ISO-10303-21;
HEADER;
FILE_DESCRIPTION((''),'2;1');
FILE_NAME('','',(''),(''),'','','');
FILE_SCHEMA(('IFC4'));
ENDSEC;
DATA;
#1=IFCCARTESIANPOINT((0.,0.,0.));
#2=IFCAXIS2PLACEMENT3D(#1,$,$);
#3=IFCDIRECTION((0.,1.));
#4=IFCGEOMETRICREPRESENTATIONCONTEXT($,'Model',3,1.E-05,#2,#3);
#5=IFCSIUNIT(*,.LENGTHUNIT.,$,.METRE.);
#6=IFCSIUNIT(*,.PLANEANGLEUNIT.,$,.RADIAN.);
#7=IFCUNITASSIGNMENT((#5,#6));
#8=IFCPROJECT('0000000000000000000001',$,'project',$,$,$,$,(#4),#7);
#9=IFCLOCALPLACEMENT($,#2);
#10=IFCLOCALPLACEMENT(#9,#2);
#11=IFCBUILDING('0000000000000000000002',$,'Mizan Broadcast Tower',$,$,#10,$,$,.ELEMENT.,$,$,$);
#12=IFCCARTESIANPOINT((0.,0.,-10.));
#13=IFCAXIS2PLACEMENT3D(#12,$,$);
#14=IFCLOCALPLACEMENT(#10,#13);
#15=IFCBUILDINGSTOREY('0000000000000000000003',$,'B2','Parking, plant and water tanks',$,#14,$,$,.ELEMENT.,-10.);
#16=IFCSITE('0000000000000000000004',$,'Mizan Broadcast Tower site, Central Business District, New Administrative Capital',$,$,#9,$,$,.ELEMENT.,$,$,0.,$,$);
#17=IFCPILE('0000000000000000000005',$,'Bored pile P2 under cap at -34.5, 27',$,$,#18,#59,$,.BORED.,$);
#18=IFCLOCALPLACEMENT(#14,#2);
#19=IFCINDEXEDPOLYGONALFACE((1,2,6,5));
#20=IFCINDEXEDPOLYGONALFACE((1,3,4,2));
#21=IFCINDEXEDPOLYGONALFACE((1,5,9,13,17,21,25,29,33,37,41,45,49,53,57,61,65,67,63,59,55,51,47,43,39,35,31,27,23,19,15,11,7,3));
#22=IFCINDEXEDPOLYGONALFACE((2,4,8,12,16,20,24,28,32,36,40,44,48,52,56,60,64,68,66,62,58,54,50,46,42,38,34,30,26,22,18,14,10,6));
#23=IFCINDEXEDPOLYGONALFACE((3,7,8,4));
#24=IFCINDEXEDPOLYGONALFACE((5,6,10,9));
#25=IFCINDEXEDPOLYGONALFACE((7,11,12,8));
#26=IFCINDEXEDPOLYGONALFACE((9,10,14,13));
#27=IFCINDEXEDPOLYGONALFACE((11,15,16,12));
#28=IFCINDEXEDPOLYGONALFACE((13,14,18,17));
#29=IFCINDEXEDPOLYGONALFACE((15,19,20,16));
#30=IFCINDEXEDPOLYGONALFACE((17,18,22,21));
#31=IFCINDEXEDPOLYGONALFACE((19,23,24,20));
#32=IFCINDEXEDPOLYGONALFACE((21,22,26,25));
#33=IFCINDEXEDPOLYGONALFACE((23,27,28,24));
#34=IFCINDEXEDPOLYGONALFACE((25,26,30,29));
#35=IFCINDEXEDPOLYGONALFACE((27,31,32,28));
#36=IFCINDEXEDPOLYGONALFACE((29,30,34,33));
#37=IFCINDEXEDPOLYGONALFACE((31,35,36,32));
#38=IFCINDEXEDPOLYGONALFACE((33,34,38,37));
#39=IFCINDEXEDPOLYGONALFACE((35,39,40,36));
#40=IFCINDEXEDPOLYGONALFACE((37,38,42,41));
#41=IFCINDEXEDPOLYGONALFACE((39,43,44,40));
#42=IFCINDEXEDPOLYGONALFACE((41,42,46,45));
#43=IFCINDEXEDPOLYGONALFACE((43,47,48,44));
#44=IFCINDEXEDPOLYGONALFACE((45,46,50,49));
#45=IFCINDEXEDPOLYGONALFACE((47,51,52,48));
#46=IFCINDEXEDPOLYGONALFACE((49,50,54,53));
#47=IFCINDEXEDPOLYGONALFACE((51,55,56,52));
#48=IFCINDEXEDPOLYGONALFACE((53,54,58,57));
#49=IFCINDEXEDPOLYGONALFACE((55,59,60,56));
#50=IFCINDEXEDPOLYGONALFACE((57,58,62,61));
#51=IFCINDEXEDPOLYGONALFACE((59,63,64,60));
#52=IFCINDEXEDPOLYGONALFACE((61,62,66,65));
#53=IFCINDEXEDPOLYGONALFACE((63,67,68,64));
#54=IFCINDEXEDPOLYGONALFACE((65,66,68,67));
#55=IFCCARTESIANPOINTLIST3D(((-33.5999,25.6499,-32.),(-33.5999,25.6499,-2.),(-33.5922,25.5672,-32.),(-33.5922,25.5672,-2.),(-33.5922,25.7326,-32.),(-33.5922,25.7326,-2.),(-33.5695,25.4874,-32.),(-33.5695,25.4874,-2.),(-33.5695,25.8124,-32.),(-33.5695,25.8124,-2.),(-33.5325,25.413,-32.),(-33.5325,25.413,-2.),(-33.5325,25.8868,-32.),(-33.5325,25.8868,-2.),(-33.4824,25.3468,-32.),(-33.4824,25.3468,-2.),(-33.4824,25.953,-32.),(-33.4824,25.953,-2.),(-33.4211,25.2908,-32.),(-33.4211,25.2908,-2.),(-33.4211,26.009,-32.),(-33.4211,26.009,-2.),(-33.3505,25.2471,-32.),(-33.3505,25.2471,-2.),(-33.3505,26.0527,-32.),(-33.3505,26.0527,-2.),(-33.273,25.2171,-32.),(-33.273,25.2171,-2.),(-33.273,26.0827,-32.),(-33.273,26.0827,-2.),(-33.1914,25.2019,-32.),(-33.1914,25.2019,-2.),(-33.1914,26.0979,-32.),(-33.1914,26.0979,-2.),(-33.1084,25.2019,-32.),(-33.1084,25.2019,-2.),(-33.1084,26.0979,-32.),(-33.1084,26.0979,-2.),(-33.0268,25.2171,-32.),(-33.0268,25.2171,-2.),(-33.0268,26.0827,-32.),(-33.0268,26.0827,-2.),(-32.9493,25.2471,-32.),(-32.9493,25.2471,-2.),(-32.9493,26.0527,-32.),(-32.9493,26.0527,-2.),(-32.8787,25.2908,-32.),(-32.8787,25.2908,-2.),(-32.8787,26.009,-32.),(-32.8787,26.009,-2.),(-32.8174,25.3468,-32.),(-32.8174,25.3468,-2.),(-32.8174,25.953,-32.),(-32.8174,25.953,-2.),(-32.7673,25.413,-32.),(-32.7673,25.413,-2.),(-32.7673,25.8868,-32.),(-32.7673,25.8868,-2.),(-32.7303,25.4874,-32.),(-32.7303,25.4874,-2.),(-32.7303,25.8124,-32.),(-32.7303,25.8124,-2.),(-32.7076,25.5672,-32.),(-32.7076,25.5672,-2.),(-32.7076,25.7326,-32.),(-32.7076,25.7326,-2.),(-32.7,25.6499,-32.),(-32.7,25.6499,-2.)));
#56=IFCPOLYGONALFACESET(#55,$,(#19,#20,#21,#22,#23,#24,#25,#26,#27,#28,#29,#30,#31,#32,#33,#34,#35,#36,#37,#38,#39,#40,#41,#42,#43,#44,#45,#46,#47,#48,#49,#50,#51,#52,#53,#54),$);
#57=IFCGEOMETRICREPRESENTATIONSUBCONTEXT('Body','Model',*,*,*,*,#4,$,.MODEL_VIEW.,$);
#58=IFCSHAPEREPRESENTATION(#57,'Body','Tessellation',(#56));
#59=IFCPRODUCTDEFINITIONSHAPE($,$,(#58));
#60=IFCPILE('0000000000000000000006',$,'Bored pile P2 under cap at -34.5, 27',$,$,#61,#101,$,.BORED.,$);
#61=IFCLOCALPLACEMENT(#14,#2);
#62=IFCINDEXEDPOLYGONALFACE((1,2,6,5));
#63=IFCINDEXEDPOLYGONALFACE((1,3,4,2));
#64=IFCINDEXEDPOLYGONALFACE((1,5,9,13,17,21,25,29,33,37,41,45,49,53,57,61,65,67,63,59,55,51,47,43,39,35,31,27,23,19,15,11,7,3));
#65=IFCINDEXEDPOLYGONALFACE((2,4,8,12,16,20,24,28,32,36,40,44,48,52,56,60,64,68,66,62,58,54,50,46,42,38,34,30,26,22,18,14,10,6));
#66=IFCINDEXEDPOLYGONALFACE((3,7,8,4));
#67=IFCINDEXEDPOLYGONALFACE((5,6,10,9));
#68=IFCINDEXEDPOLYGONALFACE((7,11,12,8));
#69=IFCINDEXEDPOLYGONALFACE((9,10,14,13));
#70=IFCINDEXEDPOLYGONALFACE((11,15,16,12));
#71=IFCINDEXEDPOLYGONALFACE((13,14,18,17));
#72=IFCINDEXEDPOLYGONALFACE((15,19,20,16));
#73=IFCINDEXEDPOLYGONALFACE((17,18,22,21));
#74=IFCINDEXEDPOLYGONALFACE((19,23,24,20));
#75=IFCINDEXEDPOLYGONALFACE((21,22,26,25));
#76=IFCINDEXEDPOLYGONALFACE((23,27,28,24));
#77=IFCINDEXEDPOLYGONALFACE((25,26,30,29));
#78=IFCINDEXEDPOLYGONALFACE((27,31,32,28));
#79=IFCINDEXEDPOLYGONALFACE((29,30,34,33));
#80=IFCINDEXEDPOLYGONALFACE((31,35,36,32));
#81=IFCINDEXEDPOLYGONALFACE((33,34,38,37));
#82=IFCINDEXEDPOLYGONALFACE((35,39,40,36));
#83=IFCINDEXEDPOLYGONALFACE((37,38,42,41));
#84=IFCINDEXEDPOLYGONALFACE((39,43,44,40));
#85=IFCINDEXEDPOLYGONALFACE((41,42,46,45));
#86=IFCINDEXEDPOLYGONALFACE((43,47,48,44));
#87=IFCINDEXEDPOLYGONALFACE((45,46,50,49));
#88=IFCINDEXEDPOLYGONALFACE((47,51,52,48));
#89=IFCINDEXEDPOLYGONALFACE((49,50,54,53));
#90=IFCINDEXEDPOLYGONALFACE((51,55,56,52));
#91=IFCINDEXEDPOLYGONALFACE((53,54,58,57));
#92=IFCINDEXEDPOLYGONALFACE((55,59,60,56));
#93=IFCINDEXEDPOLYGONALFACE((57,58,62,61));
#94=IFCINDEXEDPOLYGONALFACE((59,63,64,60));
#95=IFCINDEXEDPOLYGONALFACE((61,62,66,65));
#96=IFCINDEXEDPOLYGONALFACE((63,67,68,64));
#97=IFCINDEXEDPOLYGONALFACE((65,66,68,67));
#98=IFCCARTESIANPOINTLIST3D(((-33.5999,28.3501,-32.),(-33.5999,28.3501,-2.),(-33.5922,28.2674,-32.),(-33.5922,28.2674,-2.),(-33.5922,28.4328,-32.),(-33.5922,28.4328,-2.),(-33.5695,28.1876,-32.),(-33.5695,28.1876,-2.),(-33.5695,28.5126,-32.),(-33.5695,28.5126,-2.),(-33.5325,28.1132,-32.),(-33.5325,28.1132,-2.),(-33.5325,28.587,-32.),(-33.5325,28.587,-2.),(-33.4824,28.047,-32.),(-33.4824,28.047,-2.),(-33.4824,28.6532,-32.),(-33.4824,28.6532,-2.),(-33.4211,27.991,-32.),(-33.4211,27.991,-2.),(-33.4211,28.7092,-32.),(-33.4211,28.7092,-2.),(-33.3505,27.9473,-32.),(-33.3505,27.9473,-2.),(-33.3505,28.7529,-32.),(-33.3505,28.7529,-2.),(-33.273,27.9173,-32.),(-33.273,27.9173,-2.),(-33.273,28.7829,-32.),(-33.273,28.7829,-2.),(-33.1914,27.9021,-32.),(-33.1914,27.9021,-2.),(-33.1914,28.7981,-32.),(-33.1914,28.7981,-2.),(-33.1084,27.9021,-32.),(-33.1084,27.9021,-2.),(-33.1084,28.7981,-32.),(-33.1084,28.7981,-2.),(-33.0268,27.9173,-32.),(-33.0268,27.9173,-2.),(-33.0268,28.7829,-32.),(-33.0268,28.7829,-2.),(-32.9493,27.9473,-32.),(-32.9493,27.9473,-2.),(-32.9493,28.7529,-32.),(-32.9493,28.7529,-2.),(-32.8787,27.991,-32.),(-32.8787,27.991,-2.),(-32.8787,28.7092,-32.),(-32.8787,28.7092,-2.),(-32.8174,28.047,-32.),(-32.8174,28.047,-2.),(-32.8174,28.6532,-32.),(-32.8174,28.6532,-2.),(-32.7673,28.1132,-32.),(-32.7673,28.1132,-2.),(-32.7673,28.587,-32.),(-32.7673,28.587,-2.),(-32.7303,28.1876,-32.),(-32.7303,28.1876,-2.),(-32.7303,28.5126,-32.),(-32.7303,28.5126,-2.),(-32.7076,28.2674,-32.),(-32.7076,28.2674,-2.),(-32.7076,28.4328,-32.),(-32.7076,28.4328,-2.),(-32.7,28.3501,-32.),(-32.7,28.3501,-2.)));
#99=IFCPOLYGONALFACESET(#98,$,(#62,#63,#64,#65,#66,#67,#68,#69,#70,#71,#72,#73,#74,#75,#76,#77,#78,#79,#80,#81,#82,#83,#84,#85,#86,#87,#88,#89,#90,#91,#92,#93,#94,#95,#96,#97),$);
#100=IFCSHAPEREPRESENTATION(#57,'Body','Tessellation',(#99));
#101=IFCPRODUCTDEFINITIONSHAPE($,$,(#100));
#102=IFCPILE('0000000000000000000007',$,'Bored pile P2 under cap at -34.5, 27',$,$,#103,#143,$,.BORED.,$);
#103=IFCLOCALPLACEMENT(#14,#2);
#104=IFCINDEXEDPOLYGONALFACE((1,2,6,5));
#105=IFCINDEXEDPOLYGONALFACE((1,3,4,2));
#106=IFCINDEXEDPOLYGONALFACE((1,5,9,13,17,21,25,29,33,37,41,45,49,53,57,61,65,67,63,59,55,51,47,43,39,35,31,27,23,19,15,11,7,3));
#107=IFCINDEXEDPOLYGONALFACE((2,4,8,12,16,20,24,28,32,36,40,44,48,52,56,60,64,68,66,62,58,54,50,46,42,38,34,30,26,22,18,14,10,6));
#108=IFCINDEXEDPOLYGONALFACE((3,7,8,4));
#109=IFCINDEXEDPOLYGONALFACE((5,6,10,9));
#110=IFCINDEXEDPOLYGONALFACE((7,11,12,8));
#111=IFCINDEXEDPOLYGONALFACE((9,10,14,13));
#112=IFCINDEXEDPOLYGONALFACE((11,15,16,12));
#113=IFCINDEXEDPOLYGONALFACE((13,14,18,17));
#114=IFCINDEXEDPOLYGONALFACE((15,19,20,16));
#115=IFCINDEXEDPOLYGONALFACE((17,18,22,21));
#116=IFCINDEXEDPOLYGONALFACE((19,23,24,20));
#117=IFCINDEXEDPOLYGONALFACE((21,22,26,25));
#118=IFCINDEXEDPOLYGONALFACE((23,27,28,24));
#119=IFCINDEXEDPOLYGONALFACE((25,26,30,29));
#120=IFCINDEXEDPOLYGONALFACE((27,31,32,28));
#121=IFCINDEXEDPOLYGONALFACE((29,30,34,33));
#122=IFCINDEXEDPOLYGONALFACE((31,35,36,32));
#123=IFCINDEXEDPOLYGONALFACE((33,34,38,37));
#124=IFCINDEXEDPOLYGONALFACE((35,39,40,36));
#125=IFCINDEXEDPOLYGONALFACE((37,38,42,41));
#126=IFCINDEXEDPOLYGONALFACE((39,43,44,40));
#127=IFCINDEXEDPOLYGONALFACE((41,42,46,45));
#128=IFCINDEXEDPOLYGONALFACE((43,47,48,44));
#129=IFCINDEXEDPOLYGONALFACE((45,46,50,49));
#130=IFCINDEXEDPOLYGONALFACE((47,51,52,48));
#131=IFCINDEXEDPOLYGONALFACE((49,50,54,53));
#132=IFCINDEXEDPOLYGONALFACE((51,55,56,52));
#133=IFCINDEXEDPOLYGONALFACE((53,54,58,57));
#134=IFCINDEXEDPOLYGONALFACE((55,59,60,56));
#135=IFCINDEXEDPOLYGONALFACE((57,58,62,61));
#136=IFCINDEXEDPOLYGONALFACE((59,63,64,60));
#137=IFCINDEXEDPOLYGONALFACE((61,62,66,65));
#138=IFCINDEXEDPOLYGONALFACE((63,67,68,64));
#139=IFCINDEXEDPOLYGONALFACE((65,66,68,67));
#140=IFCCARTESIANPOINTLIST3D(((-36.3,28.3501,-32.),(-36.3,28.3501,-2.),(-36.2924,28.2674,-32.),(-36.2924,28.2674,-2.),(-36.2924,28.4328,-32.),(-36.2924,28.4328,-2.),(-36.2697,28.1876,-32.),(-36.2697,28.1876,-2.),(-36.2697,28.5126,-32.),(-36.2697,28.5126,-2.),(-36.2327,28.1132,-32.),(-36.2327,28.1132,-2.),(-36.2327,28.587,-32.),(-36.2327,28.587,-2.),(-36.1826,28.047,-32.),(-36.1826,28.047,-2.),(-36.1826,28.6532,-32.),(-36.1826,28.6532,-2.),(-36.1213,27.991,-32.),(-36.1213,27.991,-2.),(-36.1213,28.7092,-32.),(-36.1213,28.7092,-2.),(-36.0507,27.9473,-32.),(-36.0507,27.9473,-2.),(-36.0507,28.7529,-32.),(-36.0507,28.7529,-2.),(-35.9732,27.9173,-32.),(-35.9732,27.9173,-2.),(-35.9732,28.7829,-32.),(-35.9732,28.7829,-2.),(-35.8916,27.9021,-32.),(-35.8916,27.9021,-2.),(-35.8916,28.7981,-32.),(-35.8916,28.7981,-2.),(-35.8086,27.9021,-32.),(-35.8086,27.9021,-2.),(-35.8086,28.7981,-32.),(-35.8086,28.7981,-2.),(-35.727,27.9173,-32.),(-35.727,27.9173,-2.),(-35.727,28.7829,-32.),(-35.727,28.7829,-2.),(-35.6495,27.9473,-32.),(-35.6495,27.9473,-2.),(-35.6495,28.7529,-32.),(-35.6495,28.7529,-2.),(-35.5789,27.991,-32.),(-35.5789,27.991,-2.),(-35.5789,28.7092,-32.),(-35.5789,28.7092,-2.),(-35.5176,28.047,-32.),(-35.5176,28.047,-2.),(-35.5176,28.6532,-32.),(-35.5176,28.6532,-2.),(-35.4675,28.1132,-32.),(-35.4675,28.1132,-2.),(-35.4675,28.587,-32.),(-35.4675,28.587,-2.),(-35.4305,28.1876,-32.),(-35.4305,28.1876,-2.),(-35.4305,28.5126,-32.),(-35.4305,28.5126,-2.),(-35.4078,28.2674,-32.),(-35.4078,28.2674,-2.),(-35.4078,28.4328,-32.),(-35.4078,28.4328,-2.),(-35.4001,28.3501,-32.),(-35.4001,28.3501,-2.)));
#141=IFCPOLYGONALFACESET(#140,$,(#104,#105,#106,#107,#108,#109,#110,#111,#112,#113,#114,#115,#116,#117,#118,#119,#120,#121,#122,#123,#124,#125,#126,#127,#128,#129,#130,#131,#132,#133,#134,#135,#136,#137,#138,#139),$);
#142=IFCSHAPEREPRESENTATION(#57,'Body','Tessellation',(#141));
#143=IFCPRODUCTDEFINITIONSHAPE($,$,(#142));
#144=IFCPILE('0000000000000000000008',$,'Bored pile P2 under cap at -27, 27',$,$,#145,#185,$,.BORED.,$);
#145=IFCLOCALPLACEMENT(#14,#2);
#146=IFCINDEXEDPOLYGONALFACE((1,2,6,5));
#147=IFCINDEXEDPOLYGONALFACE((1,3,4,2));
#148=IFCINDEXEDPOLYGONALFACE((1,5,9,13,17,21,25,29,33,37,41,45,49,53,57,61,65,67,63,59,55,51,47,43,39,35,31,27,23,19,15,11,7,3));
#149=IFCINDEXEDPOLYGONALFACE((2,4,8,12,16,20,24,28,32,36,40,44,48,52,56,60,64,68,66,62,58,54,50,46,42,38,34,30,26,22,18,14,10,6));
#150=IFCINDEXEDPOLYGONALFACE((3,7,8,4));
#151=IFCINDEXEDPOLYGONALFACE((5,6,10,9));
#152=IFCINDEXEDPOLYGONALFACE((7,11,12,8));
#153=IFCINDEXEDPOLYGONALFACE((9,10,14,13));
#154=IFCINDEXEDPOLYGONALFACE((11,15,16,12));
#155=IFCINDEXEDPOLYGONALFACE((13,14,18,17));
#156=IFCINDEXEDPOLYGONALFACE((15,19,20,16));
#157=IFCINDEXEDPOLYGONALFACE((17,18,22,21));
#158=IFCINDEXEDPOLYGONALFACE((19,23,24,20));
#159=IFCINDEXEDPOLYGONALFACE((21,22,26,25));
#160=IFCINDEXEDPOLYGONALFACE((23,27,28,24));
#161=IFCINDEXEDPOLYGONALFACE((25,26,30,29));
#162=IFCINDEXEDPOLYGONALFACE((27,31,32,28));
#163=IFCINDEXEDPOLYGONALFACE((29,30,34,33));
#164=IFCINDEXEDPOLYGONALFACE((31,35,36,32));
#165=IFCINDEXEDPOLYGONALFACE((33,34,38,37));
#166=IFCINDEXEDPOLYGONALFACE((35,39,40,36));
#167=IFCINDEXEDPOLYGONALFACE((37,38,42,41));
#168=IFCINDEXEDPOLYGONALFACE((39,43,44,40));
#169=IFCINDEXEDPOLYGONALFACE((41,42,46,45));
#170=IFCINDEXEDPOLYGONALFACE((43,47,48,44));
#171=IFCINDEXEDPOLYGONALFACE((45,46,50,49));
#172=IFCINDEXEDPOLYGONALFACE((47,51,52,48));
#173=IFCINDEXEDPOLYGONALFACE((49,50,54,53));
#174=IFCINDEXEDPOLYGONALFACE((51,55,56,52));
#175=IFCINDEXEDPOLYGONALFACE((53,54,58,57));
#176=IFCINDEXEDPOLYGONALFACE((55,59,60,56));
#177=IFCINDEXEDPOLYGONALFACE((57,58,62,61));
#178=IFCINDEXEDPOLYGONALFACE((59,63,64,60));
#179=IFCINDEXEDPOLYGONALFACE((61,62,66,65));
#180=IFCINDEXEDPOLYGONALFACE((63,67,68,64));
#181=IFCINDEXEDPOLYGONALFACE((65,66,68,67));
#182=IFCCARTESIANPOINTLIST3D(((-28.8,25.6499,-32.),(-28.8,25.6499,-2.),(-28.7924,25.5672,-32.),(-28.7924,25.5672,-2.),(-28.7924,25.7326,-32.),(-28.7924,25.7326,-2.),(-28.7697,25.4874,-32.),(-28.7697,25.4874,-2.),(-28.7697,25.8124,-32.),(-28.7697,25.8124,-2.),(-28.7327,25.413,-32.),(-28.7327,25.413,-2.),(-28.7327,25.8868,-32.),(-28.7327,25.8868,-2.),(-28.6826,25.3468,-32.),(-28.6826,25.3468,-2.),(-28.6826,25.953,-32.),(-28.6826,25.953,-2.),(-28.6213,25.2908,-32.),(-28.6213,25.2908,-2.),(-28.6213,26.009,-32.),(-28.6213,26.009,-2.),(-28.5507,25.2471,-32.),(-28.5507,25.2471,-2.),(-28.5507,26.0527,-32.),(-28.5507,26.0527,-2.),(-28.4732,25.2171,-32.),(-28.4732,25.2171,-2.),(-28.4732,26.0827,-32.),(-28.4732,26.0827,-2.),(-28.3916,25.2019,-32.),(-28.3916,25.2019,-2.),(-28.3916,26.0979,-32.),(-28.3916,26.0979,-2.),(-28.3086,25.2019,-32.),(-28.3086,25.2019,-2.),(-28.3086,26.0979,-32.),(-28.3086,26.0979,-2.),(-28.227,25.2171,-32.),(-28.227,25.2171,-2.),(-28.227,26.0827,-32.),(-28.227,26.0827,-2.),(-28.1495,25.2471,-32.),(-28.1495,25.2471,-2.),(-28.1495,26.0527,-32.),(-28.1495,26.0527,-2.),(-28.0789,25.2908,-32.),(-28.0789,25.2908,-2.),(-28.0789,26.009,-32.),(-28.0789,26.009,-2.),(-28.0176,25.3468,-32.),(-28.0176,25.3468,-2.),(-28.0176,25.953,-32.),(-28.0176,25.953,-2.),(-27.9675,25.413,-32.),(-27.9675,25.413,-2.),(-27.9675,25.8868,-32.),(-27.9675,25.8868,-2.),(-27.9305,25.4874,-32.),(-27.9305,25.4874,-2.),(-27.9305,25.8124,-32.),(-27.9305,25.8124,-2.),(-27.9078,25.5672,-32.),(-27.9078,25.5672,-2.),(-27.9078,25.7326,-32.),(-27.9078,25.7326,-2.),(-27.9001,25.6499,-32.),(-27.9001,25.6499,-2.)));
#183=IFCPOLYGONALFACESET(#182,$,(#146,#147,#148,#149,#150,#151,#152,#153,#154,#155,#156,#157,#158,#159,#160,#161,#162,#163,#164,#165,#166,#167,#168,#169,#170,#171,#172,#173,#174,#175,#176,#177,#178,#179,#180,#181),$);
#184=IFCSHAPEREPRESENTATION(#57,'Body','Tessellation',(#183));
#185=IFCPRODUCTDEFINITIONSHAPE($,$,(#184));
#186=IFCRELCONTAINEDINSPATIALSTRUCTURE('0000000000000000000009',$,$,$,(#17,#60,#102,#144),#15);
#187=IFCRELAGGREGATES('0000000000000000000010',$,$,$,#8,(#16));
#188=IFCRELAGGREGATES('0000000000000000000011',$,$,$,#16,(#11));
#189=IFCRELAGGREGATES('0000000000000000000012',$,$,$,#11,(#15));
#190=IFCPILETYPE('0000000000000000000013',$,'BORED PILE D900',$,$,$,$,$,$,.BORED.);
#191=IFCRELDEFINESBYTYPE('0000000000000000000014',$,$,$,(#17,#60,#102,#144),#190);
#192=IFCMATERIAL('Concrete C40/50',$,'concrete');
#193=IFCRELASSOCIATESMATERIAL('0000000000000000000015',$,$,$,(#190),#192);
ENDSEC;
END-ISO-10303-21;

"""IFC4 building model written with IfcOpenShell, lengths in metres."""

from ifc_helpers import new_model, si_unit, direction, frame, origin, origin_2d, place, context, subcontext, project, spatial, circle, extrude, material, material_profile, profile_set, type_object, element, save


model = new_model("IFC4")

# Units and contexts
model_context = context("Model", 3, precision=1e-05, world=origin(), true_north=direction((0.0, 1.0)))
body_context = subcontext(model_context, "Body", "Model", "MODEL_VIEW")
ifc_project = project(units=[si_unit("LENGTHUNIT", "METRE"), si_unit("PLANEANGLEUNIT", "RADIAN")], contexts=[model_context])

# Site, building, storey
site_placement = place(None, origin())
site = spatial("IfcSite", under=ifc_project, at=site_placement, Name="Mizan Broadcast Tower site, Central Business District, New Administrative Capital", CompositionType="ELEMENT", RefElevation=0.0)
building_placement = place(site_placement, origin())
building = spatial("IfcBuilding", under=site, at=building_placement, Name="Mizan Broadcast Tower", CompositionType="ELEMENT")
storey_placement = place(building_placement, frame((0.0, 0.0, -10.0)))
storey = spatial("IfcBuildingStorey", under=building, at=storey_placement, Name="B2", Description="Parking, plant and water tanks", CompositionType="ELEMENT", Elevation=-10.0)

# Piles
ifc_material_1 = material(Name="Concrete C40/50", Category="concrete")
ifc_material_profile_1 = material_profile(ifc_material_1, circle(Radius=0.45, at=origin_2d()), Name="D900")
ifc_profile_set_1 = profile_set([ifc_material_profile_1], Name="Concrete C40/50")
pile_type = type_object("IfcPileType", Name="BORED PILE D900", PredefinedType="BORED", material=ifc_profile_set_1)
for number, where, z_axis, x_axis, name in (
    (1, (-33.1499, 25.6499, -2.0), (0.0, 0.0, -1.0), (1.0, 0.0, 0.0), "Bored pile P2 under cap at -34.5, 27"),
    (2, (-33.1499, 28.3501, -2.0), (0.0, 0.0, -1.0), (1.0, 0.0, 0.0), "Bored pile P2 under cap at -34.5, 27"),
    (3, (-35.8501, 28.3501, -2.0), (0.0, 0.0, -1.0), (1.0, 0.0, 0.0), "Bored pile P2 under cap at -34.5, 27"),
    (4, (-28.3501, 25.6499, -2.0), (0.0, 0.0, -1.0), (1.0, 0.0, 0.0), "Bored pile P2 under cap at -27, 27"),
):
    element("IfcPile", number, at=place(storey_placement, frame(where, z_axis=z_axis, x_axis=x_axis)), inside=storey, type_object=pile_type, Name=name, PredefinedType="BORED", context=body_context, shape_type="SweptSolid", body=[
        extrude(circle(Radius=0.45, at=origin_2d()), origin(), (0.0, 0.0, 1.0), 30.0),
    ])

save(model, "model.ifc")
